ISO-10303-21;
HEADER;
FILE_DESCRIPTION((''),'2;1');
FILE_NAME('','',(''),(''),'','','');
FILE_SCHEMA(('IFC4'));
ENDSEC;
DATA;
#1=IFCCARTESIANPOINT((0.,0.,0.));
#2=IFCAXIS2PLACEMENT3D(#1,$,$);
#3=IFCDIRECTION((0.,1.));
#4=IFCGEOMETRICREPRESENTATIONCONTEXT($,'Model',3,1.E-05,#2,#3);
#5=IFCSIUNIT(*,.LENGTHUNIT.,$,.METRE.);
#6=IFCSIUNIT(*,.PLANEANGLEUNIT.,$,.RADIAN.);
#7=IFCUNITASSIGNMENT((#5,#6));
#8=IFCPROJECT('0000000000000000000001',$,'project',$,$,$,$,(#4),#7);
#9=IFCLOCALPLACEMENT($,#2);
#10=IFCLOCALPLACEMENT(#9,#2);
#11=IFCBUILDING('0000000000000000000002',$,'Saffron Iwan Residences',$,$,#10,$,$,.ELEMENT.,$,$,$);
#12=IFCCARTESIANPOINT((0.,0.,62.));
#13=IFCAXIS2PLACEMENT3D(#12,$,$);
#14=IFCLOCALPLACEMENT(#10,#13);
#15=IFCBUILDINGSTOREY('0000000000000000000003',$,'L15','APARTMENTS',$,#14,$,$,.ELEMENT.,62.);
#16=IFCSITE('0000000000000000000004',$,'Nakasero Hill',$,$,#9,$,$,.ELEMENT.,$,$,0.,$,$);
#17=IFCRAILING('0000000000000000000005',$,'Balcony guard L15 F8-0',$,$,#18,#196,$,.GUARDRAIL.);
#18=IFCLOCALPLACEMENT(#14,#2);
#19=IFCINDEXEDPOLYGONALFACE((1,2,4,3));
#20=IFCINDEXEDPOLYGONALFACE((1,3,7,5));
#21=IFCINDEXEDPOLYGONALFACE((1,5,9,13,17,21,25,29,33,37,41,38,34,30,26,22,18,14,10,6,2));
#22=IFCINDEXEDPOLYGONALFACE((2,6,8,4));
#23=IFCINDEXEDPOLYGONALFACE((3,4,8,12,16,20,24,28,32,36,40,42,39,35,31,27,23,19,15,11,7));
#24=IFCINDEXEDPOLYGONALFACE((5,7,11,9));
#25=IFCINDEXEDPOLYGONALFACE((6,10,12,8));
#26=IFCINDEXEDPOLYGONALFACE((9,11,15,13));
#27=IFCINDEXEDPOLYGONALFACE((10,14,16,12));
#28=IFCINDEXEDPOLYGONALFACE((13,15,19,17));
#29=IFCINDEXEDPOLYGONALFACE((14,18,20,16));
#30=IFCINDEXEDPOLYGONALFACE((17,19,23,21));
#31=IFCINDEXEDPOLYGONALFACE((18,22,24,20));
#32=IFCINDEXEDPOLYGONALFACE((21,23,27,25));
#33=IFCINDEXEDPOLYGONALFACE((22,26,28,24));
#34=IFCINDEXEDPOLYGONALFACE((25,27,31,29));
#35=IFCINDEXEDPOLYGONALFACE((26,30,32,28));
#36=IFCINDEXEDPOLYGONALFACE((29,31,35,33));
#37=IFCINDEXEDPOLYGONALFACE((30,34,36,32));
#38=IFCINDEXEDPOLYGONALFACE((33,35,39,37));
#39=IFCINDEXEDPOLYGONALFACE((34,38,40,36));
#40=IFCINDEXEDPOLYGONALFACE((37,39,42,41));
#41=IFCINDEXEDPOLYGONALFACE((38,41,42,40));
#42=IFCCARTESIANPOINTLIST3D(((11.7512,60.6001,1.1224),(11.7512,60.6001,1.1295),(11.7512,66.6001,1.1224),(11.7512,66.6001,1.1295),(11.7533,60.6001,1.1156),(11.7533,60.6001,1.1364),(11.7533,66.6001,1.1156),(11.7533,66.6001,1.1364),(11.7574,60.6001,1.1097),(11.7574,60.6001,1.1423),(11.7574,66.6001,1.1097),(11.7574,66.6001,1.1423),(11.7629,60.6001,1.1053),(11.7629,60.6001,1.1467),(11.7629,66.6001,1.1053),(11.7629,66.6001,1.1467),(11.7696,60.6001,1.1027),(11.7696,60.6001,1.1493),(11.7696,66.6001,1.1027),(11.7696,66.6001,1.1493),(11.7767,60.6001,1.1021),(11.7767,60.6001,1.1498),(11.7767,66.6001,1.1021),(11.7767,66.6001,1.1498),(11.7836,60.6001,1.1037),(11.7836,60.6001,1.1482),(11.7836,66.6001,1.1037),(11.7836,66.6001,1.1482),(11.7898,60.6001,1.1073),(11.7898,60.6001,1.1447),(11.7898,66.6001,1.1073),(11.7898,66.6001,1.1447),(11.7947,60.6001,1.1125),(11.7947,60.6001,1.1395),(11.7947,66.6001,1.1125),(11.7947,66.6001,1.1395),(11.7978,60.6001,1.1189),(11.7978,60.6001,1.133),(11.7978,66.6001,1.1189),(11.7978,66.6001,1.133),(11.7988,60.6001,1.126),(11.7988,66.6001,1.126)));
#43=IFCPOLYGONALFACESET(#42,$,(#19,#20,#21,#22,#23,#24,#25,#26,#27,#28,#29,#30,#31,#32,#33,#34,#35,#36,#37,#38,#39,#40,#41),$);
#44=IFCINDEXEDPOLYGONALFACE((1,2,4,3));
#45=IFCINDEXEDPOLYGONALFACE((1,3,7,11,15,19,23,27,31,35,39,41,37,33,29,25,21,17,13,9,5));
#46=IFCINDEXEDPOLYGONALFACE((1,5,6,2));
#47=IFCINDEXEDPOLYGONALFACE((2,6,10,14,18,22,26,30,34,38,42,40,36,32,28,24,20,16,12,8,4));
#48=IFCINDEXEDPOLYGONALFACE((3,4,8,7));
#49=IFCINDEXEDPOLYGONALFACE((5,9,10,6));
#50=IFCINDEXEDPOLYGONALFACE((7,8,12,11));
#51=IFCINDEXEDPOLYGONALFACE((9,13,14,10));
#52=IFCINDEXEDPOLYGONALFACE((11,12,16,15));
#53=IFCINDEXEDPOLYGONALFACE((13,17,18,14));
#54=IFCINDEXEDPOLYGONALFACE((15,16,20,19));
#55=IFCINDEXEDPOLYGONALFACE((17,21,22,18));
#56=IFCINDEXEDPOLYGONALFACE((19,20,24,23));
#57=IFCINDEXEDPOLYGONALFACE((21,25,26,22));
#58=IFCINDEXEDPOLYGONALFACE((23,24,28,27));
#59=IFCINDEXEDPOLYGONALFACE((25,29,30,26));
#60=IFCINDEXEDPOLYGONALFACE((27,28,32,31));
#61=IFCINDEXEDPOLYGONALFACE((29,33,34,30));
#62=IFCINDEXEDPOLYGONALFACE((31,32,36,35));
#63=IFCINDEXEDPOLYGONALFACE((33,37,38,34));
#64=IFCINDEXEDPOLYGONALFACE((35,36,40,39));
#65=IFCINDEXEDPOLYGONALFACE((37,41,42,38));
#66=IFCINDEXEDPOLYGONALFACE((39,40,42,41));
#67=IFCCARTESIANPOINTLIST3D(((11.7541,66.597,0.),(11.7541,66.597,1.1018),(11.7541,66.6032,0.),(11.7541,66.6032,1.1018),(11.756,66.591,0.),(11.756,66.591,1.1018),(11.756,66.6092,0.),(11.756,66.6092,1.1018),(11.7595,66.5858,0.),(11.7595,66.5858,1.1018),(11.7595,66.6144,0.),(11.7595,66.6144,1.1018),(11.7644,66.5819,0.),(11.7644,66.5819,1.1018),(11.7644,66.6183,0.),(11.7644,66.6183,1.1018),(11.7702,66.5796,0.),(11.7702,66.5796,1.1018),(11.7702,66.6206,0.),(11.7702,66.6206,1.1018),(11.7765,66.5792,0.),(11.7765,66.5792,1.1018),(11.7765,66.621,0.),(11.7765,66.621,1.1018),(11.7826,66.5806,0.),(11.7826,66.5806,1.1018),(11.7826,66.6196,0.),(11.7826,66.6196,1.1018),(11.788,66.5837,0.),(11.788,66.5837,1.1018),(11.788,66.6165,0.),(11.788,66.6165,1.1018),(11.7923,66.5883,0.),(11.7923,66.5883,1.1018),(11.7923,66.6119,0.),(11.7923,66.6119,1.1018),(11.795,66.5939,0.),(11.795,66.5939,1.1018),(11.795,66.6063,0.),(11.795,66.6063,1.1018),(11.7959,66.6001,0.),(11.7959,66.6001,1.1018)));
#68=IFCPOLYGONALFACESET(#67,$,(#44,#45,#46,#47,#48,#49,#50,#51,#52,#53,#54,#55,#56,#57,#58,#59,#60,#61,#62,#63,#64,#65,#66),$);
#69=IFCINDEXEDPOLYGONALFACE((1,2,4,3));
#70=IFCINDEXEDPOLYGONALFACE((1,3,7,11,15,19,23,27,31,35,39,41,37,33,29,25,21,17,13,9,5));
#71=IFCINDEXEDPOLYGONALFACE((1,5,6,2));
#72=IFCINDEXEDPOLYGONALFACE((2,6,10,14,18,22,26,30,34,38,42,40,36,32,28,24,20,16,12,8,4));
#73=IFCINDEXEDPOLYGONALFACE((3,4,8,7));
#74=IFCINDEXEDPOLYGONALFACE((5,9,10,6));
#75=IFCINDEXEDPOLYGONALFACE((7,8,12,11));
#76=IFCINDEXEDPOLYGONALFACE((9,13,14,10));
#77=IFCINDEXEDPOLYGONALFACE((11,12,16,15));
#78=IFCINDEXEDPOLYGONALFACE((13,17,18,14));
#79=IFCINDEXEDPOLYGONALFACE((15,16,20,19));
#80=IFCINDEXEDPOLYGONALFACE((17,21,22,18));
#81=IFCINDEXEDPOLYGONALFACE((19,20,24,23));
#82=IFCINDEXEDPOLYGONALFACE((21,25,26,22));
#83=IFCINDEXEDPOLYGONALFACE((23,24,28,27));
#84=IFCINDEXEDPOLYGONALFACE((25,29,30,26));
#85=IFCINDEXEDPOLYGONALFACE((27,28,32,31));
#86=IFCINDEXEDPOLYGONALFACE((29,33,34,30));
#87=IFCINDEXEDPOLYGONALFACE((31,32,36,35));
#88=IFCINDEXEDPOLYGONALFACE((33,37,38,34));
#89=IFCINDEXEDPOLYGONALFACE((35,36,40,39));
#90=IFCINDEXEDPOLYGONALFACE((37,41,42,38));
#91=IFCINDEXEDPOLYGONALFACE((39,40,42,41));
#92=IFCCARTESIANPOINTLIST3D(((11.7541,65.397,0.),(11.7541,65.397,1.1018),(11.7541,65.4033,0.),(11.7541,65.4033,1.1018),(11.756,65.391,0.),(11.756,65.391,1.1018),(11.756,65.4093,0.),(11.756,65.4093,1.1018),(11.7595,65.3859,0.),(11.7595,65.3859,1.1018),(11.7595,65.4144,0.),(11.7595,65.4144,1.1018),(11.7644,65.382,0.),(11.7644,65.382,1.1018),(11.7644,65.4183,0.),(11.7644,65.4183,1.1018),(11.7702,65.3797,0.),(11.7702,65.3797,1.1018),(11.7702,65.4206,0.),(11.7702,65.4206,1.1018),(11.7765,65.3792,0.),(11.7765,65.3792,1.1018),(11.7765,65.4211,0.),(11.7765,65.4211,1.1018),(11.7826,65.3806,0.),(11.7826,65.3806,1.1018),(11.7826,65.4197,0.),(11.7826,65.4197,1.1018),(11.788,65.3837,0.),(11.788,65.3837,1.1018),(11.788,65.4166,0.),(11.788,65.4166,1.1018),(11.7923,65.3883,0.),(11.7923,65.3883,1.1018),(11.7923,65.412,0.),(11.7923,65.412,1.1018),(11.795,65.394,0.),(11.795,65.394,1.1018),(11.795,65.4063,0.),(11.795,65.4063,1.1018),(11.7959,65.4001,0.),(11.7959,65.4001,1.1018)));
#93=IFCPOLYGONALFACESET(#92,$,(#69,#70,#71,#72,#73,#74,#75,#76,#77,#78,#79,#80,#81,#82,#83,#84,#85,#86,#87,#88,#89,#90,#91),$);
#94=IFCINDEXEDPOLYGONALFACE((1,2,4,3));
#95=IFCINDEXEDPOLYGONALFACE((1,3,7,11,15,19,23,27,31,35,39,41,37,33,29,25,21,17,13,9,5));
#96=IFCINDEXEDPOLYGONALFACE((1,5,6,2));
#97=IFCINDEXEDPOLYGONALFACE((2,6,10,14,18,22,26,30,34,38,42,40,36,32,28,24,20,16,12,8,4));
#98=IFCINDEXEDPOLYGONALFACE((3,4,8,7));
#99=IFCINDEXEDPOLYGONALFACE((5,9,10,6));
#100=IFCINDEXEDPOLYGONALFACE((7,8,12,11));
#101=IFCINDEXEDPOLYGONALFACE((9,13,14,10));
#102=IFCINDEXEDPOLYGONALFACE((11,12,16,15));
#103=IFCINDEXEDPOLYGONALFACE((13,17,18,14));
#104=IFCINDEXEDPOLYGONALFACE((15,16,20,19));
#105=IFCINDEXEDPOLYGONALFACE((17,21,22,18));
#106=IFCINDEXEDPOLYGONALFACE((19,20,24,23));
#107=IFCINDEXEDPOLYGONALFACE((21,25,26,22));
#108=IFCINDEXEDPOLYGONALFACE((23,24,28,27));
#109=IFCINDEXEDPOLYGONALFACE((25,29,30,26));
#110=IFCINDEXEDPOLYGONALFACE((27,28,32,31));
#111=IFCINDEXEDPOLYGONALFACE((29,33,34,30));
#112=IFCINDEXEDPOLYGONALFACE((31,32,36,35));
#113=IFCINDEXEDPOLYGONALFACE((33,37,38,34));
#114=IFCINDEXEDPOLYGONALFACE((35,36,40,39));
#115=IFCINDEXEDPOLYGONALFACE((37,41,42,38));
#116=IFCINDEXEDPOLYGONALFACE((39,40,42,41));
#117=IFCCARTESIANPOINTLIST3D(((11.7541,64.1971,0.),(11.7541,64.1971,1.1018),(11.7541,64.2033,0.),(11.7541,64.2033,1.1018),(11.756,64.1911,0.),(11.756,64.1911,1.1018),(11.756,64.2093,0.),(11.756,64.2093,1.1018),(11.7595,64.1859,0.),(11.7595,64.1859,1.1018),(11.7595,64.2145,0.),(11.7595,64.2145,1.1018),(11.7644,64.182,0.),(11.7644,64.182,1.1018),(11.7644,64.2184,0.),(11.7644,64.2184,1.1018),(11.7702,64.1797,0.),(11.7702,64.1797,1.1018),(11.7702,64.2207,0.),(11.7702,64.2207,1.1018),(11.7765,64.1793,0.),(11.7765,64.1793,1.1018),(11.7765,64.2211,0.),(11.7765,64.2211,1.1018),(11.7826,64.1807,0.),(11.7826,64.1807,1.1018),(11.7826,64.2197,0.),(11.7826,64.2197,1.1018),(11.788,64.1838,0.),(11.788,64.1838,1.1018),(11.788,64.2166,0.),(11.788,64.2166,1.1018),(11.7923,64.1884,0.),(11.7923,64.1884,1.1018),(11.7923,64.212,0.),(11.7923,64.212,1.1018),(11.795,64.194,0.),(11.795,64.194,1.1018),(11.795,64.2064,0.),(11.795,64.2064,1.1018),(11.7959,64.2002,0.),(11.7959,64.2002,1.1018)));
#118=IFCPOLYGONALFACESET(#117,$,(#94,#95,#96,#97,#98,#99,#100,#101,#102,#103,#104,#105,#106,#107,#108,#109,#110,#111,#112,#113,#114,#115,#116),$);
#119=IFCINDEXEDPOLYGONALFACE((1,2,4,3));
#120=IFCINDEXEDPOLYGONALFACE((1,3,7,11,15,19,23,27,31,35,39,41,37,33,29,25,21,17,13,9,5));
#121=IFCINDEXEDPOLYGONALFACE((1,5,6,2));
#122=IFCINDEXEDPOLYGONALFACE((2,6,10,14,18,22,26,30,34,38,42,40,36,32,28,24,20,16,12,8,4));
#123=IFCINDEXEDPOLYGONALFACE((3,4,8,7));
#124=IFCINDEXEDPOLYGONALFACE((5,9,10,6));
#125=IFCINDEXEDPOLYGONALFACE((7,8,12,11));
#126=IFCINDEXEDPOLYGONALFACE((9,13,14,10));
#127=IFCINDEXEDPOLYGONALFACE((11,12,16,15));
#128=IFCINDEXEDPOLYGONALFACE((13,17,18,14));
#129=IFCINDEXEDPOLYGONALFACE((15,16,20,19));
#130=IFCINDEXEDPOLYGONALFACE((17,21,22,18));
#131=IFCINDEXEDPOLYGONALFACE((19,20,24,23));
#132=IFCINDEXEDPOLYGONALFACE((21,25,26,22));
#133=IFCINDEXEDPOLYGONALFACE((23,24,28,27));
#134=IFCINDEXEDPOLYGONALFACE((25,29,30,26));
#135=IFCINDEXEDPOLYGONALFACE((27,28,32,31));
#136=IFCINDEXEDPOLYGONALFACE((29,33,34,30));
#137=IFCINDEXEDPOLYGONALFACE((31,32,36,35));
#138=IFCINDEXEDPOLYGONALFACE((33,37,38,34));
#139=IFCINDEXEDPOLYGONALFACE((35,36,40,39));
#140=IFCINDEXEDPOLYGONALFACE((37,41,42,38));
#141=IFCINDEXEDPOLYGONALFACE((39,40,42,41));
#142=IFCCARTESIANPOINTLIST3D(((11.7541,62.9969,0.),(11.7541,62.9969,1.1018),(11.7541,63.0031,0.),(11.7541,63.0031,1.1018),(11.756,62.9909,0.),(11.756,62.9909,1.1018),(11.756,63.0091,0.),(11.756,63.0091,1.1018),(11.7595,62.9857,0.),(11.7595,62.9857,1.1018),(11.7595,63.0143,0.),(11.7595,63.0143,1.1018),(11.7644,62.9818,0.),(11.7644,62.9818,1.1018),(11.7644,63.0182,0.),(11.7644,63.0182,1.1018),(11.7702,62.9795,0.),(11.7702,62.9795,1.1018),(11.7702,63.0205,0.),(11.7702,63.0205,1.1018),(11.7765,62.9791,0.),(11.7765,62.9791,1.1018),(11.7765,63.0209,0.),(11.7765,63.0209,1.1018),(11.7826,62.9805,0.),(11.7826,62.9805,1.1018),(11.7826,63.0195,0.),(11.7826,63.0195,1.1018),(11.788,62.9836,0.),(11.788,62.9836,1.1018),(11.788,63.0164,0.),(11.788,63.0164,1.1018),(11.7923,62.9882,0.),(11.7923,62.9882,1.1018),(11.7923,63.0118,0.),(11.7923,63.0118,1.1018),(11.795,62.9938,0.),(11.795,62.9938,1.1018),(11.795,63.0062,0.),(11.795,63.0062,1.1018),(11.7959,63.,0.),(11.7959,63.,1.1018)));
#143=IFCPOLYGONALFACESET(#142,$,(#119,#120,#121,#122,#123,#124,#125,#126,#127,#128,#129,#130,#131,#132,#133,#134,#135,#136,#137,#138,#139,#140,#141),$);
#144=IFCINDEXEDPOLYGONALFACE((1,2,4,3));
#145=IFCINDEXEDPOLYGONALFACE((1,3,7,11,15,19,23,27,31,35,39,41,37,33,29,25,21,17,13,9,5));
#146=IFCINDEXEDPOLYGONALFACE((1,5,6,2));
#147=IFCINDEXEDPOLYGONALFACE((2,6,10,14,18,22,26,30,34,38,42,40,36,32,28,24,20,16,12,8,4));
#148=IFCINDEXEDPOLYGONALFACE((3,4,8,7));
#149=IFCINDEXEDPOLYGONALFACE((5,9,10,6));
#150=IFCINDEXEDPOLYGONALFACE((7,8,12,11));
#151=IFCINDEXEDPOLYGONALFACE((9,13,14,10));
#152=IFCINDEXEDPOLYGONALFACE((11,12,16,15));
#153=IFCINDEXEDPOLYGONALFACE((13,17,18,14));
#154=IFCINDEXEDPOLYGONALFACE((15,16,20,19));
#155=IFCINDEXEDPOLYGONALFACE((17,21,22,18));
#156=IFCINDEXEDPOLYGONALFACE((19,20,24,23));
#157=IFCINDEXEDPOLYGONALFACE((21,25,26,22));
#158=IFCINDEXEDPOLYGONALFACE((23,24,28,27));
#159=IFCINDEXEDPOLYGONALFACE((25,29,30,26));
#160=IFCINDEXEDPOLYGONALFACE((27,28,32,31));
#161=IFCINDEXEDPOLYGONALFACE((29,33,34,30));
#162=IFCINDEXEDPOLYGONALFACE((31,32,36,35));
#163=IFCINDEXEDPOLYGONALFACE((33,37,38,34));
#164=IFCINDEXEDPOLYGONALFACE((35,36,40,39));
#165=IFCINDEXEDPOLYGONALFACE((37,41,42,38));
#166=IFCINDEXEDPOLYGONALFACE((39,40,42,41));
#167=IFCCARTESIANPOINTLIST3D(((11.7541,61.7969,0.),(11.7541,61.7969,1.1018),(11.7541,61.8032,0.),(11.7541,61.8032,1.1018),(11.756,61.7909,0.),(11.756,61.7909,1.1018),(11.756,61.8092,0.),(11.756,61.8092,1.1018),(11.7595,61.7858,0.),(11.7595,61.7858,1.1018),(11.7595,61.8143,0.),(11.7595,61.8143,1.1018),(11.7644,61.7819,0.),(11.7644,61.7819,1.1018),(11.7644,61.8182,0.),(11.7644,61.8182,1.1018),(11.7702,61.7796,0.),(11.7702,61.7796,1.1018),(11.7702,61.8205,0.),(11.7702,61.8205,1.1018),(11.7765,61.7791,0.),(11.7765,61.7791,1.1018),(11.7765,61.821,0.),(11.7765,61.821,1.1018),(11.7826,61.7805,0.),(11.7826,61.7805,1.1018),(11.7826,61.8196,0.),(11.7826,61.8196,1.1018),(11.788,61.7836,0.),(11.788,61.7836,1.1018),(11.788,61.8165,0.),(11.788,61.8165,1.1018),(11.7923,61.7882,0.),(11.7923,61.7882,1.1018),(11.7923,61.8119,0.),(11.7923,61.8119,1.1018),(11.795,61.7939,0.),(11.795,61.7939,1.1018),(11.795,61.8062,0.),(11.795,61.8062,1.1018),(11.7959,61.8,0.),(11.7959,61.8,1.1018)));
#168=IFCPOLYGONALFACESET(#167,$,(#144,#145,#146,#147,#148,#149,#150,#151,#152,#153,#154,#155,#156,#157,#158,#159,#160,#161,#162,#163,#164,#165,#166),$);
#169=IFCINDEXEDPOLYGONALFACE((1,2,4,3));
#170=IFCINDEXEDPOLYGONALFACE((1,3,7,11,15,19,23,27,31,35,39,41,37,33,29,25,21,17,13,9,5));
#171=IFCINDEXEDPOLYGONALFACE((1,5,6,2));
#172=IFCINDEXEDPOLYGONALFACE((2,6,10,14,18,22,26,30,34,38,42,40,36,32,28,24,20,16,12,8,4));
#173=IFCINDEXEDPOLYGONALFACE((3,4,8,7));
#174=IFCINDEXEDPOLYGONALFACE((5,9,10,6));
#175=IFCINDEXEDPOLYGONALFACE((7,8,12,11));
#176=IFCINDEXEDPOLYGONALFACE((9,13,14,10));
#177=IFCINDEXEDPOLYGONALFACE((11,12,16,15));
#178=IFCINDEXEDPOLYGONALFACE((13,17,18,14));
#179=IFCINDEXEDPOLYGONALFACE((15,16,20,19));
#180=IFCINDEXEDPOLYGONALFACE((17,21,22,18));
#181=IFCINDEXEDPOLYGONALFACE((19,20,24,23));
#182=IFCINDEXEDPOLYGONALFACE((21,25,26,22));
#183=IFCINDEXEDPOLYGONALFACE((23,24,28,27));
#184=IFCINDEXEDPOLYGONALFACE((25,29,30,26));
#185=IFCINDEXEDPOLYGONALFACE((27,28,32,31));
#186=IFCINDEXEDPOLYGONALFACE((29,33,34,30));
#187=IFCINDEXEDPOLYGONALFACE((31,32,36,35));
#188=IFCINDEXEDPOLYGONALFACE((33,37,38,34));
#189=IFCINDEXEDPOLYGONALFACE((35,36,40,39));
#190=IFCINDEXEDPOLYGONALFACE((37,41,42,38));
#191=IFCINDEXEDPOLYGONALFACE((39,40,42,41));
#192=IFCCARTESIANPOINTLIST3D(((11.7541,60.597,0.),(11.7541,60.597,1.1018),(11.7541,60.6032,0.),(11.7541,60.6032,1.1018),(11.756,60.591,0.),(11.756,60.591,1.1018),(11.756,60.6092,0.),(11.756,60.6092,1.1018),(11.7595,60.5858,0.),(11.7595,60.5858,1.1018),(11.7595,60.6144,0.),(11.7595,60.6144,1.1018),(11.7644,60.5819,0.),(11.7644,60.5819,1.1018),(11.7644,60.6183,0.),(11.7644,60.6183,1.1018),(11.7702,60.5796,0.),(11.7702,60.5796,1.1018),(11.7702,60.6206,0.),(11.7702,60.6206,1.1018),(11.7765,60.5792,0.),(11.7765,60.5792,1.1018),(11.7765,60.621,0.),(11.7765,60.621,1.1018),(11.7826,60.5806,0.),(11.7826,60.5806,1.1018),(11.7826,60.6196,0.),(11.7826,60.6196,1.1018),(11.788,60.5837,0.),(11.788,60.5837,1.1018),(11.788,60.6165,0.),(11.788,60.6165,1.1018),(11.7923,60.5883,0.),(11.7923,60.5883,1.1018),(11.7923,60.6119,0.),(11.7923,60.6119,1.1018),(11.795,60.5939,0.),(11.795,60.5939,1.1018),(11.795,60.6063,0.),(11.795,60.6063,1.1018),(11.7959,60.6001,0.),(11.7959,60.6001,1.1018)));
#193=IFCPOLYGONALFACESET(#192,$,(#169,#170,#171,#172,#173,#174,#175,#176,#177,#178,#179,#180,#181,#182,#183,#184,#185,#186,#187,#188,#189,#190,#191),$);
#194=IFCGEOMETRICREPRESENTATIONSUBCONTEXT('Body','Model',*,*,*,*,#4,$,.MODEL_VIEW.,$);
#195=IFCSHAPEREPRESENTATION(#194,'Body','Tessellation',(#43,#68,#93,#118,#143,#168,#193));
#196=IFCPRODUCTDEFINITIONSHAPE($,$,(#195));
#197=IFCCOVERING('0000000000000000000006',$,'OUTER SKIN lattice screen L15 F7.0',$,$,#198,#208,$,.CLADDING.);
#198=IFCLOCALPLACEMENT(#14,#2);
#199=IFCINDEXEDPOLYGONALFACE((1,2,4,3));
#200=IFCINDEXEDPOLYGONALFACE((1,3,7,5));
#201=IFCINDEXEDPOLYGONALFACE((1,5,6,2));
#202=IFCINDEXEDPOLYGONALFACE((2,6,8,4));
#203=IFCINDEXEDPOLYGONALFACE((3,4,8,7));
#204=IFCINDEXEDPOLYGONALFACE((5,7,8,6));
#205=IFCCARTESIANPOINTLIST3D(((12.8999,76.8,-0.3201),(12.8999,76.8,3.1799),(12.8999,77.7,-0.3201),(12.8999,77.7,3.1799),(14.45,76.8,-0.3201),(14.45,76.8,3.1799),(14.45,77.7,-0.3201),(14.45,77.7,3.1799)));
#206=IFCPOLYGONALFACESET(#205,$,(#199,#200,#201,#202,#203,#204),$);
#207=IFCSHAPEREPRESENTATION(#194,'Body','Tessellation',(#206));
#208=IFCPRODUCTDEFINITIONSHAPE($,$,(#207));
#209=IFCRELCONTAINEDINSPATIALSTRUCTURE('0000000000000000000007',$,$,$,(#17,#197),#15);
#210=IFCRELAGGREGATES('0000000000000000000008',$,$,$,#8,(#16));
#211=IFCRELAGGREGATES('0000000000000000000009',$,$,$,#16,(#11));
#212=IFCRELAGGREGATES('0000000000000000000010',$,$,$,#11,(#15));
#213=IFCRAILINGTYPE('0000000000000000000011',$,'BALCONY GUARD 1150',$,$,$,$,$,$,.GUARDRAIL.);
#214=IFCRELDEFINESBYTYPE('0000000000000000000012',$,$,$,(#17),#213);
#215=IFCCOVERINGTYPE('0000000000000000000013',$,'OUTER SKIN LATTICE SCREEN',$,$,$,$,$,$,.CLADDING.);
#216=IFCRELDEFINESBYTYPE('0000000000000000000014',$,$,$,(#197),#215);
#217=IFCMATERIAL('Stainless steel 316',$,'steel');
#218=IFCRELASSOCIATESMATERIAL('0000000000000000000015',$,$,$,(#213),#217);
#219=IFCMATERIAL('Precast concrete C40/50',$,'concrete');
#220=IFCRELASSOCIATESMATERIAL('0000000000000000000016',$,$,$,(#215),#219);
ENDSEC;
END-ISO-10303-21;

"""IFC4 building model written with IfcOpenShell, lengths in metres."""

from ifc_helpers import new_model, si_unit, direction, frame, origin, origin_2d, place, context, subcontext, project, spatial, polyline, circle, outline, extrude, material, type_object, element, save


model = new_model("IFC4")

# Units and contexts
model_context = context("Model", 3, precision=1e-05, world=origin(), true_north=direction((0.0, 1.0)))
body_context = subcontext(model_context, "Body", "Model", "MODEL_VIEW")
ifc_project = project(units=[si_unit("LENGTHUNIT", "METRE"), si_unit("PLANEANGLEUNIT", "RADIAN")], contexts=[model_context])

# Site, building, storey
site_placement = place(None, origin())
site = spatial("IfcSite", under=ifc_project, at=site_placement, Name="Nakasero Hill", CompositionType="ELEMENT", RefElevation=0.0)
building_placement = place(site_placement, origin())
building = spatial("IfcBuilding", under=site, at=building_placement, Name="Saffron Iwan Residences", CompositionType="ELEMENT")
storey_placement = place(building_placement, frame((0.0, 0.0, 62.0)))
storey = spatial("IfcBuildingStorey", under=building, at=storey_placement, Name="L15", Description="APARTMENTS", CompositionType="ELEMENT", Elevation=62.0)

# Railing
ifc_material_1 = material(Name="Stainless steel 316", Category="steel")
railing_type = type_object("IfcRailingType", Name="BALCONY GUARD 1150", PredefinedType="GUARDRAIL", material=ifc_material_1)
railing_placement = place(storey_placement, frame((11.7749, 66.6001, 0.0)))
element("IfcRailing", 1, at=railing_placement, inside=storey, type_object=railing_type, Name="Balcony guard L15 F8-0", PredefinedType="GUARDRAIL", context=body_context, shape_type="SweptSolid", body=[
    extrude(circle(Radius=0.0239, at=origin_2d()), frame((0.0, 0.0, 1.126), z_axis=(0.0, -1.0, 0.0), x_axis=(1.0, 0.0, 0.0)), (0.0, 0.0, 1.0), 6.0),
    extrude(circle(Radius=0.021, at=origin_2d()), origin(), (0.0, 0.0, 1.0), 1.1018),
    extrude(circle(Radius=0.021, at=origin_2d()), frame((0.0, -1.2, 0.0)), (0.0, 0.0, 1.0), 1.1018),
    extrude(circle(Radius=0.021, at=origin_2d()), frame((0.0, -2.3999, 0.0)), (0.0, 0.0, 1.0), 1.1018),
    extrude(circle(Radius=0.021, at=origin_2d()), frame((0.0, -3.6001, 0.0)), (0.0, 0.0, 1.0), 1.1018),
    extrude(circle(Radius=0.021, at=origin_2d()), frame((0.0, -4.8, 0.0)), (0.0, 0.0, 1.0), 1.1018),
    extrude(circle(Radius=0.021, at=origin_2d()), frame((0.0, -6.0, 0.0)), (0.0, 0.0, 1.0), 1.1018),
])

# Covering
ifc_material_2 = material(Name="Precast concrete C40/50", Category="concrete")
covering_type_1 = type_object("IfcCoveringType", Name="OUTER SKIN LATTICE SCREEN", PredefinedType="CLADDING", material=ifc_material_2)
covering_1_placement = place(storey_placement, frame((14.45, 76.8, -0.3201), z_axis=(0.0, 1.0, 0.0), x_axis=(-1.0, 0.0, 0.0)))
element("IfcCovering", 2, at=covering_1_placement, inside=storey, type_object=covering_type_1, Name="OUTER SKIN lattice screen L15 F7.0", PredefinedType="CLADDING", context=body_context, shape_type="SweptSolid", body=[
    extrude(outline(polyline([(0.0, 0.0), (1.55, 0.0), (1.55, 3.5), (0.0, 3.5), (0.0, 0.0)])), origin(), (0.0, 0.0, 1.0), 0.8999),
])

save(model, "model.ifc")
